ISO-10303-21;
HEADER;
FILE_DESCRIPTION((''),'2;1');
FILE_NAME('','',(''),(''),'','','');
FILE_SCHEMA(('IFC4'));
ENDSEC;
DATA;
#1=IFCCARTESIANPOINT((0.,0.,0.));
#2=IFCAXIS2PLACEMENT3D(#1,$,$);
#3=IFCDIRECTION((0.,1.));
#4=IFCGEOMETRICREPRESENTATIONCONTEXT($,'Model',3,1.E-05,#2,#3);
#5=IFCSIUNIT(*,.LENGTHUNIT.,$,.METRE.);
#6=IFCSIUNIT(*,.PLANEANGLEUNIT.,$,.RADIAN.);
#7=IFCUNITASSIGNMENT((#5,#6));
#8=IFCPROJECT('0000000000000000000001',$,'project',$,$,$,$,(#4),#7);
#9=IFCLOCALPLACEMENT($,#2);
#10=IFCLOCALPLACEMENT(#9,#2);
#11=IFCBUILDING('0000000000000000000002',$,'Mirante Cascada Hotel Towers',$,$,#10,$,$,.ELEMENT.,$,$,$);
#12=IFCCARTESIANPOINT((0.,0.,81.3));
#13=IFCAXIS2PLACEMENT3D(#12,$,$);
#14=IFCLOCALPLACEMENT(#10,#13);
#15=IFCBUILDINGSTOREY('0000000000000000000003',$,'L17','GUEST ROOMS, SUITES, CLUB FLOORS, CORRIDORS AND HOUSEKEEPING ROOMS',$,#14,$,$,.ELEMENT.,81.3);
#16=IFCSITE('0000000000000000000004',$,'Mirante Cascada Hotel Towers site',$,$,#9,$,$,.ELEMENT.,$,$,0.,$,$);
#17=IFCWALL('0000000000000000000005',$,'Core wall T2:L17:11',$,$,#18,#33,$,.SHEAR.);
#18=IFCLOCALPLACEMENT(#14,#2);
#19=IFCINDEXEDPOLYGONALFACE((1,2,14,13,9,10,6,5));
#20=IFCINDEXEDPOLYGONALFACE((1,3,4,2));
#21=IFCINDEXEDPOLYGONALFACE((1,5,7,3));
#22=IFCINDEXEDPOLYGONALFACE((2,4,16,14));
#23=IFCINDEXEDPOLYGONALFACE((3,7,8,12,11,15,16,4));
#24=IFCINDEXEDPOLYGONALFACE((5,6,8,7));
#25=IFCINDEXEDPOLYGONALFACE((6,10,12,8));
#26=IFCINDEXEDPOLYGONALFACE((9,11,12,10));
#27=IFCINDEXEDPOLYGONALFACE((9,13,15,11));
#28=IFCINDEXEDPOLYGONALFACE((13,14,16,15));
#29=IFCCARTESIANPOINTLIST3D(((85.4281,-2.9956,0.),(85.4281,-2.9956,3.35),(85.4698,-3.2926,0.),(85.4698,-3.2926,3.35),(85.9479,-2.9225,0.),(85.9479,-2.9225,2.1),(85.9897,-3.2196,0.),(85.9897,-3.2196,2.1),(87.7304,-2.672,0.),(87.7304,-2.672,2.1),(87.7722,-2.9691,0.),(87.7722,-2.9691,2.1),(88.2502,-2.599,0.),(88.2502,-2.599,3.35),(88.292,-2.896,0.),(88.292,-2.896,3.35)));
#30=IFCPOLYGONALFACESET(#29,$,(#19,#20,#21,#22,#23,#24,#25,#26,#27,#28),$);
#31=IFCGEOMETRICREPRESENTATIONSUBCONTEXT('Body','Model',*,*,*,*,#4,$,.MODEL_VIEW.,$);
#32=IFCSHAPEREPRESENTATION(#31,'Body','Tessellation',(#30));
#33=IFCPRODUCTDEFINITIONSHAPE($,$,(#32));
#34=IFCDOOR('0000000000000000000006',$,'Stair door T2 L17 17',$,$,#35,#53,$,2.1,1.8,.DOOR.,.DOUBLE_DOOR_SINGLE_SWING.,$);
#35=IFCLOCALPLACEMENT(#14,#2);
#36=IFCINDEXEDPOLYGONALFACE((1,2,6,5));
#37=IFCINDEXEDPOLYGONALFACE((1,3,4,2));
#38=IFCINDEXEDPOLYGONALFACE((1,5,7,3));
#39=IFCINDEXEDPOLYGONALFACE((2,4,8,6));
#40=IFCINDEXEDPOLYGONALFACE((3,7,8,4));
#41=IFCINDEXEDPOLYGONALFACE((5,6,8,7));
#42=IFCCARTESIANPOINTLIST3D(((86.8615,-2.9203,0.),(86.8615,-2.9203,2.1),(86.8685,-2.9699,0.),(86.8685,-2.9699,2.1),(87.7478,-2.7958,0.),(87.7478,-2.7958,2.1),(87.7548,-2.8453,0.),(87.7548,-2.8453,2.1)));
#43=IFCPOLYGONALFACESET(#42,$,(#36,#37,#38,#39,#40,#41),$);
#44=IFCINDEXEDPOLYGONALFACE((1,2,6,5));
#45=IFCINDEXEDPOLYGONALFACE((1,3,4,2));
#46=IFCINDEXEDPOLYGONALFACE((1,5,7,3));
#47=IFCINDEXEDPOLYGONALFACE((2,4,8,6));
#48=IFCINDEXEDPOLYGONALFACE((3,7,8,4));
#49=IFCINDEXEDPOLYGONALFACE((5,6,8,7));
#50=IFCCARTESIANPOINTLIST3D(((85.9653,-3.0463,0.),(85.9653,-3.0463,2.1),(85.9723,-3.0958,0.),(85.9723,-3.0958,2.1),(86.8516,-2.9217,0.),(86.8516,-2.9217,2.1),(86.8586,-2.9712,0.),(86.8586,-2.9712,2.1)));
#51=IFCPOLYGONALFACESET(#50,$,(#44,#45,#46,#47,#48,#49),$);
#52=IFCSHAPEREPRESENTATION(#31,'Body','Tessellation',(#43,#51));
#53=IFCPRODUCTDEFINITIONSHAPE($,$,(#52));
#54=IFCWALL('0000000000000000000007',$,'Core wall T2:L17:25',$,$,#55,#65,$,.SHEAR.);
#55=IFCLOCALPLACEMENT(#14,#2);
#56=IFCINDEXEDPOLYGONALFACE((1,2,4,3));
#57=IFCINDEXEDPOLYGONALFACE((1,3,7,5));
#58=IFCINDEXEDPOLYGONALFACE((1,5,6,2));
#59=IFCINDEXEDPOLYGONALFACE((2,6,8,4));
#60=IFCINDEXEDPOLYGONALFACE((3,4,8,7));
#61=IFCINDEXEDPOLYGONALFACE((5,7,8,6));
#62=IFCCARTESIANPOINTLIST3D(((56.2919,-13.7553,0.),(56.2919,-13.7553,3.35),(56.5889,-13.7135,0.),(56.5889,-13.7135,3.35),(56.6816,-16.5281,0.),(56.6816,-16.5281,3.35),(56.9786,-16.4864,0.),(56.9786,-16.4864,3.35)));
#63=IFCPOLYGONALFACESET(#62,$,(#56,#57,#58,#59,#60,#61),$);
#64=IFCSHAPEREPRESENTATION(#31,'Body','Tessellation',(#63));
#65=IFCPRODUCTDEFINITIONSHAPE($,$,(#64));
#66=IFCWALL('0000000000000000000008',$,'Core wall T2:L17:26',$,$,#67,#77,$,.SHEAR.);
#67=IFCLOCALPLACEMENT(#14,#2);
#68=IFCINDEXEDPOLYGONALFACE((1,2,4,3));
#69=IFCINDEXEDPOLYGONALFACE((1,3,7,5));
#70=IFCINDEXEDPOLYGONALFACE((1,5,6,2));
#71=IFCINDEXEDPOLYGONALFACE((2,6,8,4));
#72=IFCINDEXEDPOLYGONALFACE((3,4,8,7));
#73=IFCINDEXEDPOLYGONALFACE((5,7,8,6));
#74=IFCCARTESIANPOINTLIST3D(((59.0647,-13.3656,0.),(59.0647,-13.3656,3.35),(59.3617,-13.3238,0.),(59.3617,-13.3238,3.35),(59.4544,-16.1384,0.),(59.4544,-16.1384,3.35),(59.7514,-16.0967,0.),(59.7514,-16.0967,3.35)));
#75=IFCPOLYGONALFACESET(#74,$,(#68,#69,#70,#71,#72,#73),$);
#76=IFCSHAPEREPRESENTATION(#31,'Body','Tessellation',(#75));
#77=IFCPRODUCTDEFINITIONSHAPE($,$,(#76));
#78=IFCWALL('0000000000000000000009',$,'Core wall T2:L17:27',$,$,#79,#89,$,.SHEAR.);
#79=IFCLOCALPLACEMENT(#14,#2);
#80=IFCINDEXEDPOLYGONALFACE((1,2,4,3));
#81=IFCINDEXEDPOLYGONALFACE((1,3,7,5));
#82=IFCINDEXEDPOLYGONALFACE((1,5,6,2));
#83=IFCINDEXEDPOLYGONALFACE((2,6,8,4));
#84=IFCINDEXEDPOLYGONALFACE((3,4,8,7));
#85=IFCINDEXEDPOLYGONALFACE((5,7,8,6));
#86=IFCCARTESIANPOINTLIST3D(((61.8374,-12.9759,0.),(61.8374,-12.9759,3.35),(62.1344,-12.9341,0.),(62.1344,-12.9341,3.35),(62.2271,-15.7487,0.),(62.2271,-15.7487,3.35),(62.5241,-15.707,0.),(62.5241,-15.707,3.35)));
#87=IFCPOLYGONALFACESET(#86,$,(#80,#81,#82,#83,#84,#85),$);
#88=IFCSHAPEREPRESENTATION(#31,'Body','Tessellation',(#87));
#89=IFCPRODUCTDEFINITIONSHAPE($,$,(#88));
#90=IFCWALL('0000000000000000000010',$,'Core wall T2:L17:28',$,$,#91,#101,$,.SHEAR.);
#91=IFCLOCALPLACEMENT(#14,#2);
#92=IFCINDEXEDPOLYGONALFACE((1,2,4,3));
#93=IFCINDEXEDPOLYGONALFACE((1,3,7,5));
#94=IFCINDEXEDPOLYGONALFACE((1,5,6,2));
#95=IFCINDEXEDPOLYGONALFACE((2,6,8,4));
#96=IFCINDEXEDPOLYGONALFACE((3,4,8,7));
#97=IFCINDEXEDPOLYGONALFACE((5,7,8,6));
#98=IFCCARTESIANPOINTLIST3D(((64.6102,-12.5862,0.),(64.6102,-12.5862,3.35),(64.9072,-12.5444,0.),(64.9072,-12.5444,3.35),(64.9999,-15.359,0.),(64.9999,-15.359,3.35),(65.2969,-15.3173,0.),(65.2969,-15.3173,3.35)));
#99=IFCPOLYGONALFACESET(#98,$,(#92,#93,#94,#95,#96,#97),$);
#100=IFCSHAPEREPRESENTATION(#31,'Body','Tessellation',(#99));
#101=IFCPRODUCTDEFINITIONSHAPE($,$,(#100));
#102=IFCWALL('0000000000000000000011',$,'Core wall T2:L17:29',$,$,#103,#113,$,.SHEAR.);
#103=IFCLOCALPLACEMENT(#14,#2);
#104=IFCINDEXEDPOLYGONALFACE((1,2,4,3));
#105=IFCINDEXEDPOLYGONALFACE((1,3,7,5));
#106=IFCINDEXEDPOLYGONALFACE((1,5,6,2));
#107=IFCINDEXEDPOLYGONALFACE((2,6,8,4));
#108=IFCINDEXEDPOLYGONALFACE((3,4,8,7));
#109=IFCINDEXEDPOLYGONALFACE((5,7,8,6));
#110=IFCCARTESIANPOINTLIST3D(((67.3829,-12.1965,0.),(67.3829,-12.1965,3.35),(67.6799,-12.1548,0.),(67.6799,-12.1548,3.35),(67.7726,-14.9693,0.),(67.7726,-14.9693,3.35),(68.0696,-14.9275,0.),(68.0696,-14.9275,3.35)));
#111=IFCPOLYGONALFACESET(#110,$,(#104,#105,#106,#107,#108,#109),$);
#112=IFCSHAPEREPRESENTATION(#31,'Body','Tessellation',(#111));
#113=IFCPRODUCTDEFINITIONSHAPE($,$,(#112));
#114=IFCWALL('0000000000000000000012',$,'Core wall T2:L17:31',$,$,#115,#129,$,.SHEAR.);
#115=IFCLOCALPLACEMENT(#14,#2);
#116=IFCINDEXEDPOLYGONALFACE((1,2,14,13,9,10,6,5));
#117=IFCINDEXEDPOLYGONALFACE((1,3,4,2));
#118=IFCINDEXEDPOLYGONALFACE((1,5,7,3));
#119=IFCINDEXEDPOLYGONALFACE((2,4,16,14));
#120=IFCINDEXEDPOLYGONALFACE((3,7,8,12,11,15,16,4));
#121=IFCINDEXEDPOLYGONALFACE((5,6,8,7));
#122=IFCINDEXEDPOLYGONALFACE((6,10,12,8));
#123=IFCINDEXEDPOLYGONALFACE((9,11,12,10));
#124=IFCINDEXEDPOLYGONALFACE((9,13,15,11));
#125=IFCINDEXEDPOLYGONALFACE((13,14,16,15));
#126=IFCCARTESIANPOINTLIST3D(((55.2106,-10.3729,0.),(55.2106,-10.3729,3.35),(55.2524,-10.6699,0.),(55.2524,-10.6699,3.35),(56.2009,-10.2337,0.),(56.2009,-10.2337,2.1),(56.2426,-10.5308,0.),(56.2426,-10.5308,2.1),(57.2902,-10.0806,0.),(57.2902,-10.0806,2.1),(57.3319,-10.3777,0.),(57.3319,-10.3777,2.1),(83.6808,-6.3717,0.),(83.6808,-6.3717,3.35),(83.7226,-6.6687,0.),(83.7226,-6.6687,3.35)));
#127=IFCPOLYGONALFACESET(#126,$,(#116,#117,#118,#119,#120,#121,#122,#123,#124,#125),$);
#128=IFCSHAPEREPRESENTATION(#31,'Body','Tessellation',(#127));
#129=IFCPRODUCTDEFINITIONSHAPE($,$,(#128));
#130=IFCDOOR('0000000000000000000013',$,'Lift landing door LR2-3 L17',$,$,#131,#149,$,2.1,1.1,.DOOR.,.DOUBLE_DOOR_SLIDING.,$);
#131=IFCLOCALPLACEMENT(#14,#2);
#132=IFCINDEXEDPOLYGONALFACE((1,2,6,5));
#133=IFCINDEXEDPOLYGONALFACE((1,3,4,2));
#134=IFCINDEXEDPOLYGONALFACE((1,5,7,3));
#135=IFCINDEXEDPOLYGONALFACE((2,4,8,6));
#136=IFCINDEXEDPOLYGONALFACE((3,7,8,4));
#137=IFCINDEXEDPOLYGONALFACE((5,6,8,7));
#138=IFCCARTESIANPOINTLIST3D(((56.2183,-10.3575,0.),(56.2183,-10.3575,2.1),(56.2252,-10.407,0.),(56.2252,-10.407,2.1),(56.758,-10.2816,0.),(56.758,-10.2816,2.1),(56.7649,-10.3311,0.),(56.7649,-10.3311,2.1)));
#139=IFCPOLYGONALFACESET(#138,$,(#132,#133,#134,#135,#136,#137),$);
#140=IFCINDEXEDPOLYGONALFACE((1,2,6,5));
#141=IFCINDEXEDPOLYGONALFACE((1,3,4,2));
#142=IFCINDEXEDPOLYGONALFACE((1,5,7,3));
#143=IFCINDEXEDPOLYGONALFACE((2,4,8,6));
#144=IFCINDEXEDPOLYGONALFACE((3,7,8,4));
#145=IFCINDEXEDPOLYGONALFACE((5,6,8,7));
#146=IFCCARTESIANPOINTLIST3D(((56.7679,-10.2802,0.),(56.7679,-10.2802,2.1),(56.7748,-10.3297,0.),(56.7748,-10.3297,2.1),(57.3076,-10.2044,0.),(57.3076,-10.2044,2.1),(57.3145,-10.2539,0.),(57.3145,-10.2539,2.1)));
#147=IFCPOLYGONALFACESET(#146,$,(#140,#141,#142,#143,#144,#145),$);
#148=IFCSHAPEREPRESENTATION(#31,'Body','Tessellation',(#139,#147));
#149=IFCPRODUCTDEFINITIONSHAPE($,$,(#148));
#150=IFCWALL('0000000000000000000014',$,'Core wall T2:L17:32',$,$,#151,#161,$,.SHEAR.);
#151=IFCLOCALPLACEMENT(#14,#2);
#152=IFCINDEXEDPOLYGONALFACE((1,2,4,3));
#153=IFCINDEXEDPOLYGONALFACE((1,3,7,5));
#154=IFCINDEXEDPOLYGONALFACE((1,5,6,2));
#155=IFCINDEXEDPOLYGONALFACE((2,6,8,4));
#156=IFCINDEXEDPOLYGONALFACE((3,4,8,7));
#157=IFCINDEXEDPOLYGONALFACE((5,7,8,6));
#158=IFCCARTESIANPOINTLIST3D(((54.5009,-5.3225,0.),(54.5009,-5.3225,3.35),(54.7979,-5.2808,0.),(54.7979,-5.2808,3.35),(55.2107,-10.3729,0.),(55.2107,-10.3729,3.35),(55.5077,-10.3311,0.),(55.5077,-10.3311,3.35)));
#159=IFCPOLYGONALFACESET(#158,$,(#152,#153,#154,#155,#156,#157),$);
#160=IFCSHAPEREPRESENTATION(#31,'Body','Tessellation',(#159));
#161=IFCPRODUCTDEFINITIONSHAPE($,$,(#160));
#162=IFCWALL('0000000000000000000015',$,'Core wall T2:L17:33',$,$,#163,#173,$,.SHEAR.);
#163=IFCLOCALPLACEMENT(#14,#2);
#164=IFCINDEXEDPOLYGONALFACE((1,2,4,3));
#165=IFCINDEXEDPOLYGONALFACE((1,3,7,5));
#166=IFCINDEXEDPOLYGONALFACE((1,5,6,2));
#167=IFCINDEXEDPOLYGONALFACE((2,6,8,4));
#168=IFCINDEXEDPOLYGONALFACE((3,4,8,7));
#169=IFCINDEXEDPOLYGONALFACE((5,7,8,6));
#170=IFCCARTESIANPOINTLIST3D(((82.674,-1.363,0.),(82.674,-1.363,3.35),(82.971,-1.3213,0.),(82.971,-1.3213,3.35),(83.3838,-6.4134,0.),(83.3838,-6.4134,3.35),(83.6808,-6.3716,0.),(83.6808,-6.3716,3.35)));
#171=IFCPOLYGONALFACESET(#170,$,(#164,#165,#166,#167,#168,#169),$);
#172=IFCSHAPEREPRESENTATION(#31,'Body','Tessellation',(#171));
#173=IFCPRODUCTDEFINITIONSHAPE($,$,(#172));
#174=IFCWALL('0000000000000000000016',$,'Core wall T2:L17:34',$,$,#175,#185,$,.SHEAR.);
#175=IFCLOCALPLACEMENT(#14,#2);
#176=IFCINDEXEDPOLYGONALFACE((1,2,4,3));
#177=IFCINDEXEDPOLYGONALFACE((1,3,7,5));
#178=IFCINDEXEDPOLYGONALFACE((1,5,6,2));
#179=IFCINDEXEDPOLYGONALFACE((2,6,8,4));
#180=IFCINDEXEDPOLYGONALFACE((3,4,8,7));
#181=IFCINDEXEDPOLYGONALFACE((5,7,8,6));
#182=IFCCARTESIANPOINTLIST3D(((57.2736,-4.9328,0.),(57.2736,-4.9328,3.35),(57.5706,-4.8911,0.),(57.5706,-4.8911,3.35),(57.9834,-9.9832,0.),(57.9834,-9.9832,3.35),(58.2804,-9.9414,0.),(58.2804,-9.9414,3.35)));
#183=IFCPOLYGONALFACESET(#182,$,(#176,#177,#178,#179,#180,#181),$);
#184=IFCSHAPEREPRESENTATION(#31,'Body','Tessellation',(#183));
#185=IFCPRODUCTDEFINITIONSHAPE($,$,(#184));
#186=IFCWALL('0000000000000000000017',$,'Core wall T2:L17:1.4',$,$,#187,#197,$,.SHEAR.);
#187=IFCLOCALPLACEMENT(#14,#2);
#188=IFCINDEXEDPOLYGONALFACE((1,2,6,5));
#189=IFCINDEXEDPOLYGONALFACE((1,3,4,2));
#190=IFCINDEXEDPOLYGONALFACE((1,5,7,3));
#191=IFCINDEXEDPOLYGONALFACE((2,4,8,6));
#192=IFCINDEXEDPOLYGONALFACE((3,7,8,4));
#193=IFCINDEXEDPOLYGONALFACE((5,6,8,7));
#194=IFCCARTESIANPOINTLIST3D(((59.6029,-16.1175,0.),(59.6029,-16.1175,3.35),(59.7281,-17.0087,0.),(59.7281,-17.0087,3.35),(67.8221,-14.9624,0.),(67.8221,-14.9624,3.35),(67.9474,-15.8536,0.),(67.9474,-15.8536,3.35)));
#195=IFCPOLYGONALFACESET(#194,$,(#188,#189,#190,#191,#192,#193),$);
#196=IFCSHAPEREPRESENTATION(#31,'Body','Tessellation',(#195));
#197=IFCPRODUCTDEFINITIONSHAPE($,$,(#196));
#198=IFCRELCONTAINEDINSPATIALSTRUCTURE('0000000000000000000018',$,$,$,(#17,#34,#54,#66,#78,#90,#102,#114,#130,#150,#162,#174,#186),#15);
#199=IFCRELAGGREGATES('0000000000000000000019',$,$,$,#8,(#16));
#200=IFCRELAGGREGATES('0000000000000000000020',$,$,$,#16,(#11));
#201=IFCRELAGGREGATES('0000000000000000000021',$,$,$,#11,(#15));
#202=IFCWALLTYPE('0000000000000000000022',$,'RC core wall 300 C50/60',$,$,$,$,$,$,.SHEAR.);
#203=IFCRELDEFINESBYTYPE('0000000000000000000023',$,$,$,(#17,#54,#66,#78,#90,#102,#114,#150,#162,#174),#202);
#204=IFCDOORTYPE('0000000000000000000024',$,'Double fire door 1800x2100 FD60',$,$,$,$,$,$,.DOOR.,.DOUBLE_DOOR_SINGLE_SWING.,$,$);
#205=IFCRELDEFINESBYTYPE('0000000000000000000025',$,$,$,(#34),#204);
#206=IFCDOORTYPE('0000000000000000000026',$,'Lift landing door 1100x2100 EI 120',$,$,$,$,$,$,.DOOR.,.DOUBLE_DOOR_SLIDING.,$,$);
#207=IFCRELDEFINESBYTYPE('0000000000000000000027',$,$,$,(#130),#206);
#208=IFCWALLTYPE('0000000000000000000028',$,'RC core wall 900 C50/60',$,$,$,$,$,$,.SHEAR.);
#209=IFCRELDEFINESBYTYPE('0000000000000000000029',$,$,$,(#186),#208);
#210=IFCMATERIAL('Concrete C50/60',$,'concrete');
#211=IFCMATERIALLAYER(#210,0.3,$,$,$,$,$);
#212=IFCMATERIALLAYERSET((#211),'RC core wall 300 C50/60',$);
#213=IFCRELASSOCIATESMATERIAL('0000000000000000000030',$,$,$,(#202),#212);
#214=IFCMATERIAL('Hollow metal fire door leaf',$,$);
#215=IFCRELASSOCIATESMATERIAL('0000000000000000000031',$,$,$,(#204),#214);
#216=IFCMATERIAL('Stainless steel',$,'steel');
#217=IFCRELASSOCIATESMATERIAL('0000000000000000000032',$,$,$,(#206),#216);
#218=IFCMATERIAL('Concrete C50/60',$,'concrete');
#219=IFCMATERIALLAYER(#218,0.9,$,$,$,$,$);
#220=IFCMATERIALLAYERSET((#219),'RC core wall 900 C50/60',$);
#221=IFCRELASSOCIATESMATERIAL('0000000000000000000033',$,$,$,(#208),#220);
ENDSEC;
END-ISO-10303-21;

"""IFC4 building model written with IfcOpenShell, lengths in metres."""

from ifc_helpers import new_model, si_unit, direction, frame, frame_2d, origin, place, context, subcontext, project, spatial, rectangle, extrude, material, layer, layer_set, type_object, element, fill, save


model = new_model("IFC4")

# Units and contexts
model_context = context("Model", 3, precision=1e-05, world=origin(), true_north=direction((0.0, 1.0)))
body_context = subcontext(model_context, "Body", "Model", "MODEL_VIEW")
ifc_project = project(units=[si_unit("LENGTHUNIT", "METRE"), si_unit("PLANEANGLEUNIT", "RADIAN")], contexts=[model_context])

# Site, building, storey
site_placement = place(None, origin())
site = spatial("IfcSite", under=ifc_project, at=site_placement, Name="Mirante Cascada Hotel Towers site", CompositionType="ELEMENT", RefElevation=0.0)
building_placement = place(site_placement, origin())
building = spatial("IfcBuilding", under=site, at=building_placement, Name="Mirante Cascada Hotel Towers", CompositionType="ELEMENT")
storey_placement = place(building_placement, frame((0.0, 0.0, 81.3)))
storey = spatial("IfcBuildingStorey", under=building, at=storey_placement, Name="L17", Description="GUEST ROOMS, SUITES, CLUB FLOORS, CORRIDORS AND HOUSEKEEPING ROOMS", CompositionType="ELEMENT", Elevation=81.3)

# Wall, opening, door
ifc_material_1 = material(Name="Concrete C50/60", Category="concrete")
ifc_layer_1 = layer(ifc_material_1, 0.3)
ifc_layer_set_1 = layer_set([ifc_layer_1], Name="RC core wall 300 C50/60")
wall_type_1 = type_object("IfcWallType", Name="RC core wall 300 C50/60", PredefinedType="SHEAR", material=ifc_layer_set_1)
wall_1_placement = place(storey_placement, frame((85.4489, -3.1441, 0.0), z_axis=(0.0, 0.0, 1.0), x_axis=(0.99027, 0.139161, 0.0)))
wall_1 = element("IfcWall", 1, at=wall_1_placement, inside=storey, type_object=wall_type_1, Name="Core wall T2:L17:11", PredefinedType="SHEAR", context=body_context, shape_type="SweptSolid", body=[
    extrude(rectangle(XDim=2.8499, YDim=0.3, at=frame_2d((1.425, 0.0))), origin(), (0.0, 0.0, 1.0), 3.35),
])
opening_1_placement = place(wall_1_placement, frame((0.525, 0.0, 0.0)))
opening_1 = element("IfcOpeningElement", 2, at=opening_1_placement, cuts=wall_1, PredefinedType="OPENING", context=body_context, shape_type="SweptSolid", body=[
    extrude(rectangle(XDim=1.8, YDim=2.1, at=frame_2d((0.9, 1.05))), frame((0.0, 0.15, 0.0), z_axis=(0.0, -1.0, 0.0), x_axis=(1.0, 0.0, 0.0)), (0.0, 0.0, 1.0), 0.3),
])
ifc_material_2 = material(Name="Hollow metal fire door leaf")
door_type_1 = type_object("IfcDoorType", Name="Double fire door 1800x2100 FD60", OperationType="DOUBLE_DOOR_SINGLE_SWING", PredefinedType="DOOR", material=ifc_material_2)
door_1_placement = place(opening_1_placement, frame((1.8, 0.0, 0.0), z_axis=(0.0, 0.0, 1.0), x_axis=(-1.0, 0.0, 0.0)))
door_1 = element("IfcDoor", 3, at=door_1_placement, inside=storey, type_object=door_type_1, Name="Stair door T2 L17 17", OperationType="DOUBLE_DOOR_SINGLE_SWING", OverallHeight=2.1, OverallWidth=1.8, PredefinedType="DOOR", context=body_context, shape_type="SweptSolid", body=[
    extrude(rectangle(XDim=0.895, YDim=2.1, at=frame_2d((0.4475, 1.05))), frame((0.0, 0.025, 0.0), z_axis=(0.0, -1.0, 0.0), x_axis=(1.0, 0.0, 0.0)), (0.0, 0.0, 1.0), 0.05),
    extrude(rectangle(XDim=0.895, YDim=2.1, at=frame_2d((1.3525, 1.05))), frame((0.0, 0.025, 0.0), z_axis=(0.0, -1.0, 0.0), x_axis=(1.0, 0.0, 0.0)), (0.0, 0.0, 1.0), 0.05),
])
fill(opening_1, door_1)

# Walls
for number, where, z_axis, x_axis, name in (
    (4, (56.8301, -16.5072, 0.0), (0.0, 0.0, 1.0), (-0.139176, 0.990268, 0.0), "Core wall T2:L17:25"),
    (5, (59.6029, -16.1175, 0.0), (0.0, 0.0, 1.0), (-0.139176, 0.990268, 0.0), "Core wall T2:L17:26"),
    (6, (62.3756, -15.7278, 0.0), (0.0, 0.0, 1.0), (-0.139176, 0.990268, 0.0), "Core wall T2:L17:27"),
    (7, (65.1484, -15.3381, 0.0), (0.0, 0.0, 1.0), (-0.139176, 0.990268, 0.0), "Core wall T2:L17:28"),
):
    element("IfcWall", number, at=place(storey_placement, frame(where, z_axis=z_axis, x_axis=x_axis)), inside=storey, type_object=wall_type_1, Name=name, PredefinedType="SHEAR", context=body_context, shape_type="SweptSolid", body=[
        extrude(rectangle(XDim=2.8001, YDim=0.3, at=frame_2d((1.4, 0.0))), origin(), (0.0, 0.0, 1.0), 3.35),
    ])
wall_2_placement = place(storey_placement, frame((67.9211, -14.9484, 0.0), z_axis=(0.0, 0.0, 1.0), x_axis=(-0.139181, 0.990267, 0.0)))
element("IfcWall", 8, at=wall_2_placement, inside=storey, type_object=wall_type_1, Name="Core wall T2:L17:29", PredefinedType="SHEAR", context=body_context, shape_type="SweptSolid", body=[
    extrude(rectangle(XDim=2.8, YDim=0.3, at=frame_2d((1.4, 0.0))), origin(), (0.0, 0.0, 1.0), 3.35),
])

# Wall, opening, door
wall_3_placement = place(storey_placement, frame((55.2315, -10.5214, 0.0), z_axis=(0.0, 0.0, 1.0), x_axis=(0.990268, 0.139172, 0.0)))
wall_3 = element("IfcWall", 9, at=wall_3_placement, inside=storey, type_object=wall_type_1, Name="Core wall T2:L17:31", PredefinedType="SHEAR", context=body_context, shape_type="SweptSolid", body=[
    extrude(rectangle(XDim=28.75, YDim=0.3, at=frame_2d((14.375, 0.0))), origin(), (0.0, 0.0, 1.0), 3.35),
])
opening_2_placement = place(wall_3_placement, frame((1.0, 0.0, 0.0)))
opening_2 = element("IfcOpeningElement", 10, at=opening_2_placement, cuts=wall_3, PredefinedType="OPENING", context=body_context, shape_type="SweptSolid", body=[
    extrude(rectangle(XDim=1.1, YDim=2.1, at=frame_2d((0.55, 1.05))), frame((0.0, 0.15, 0.0), z_axis=(0.0, -1.0, 0.0), x_axis=(1.0, 0.0, 0.0)), (0.0, 0.0, 1.0), 0.3),
])
ifc_material_3 = material(Name="Stainless steel", Category="steel")
door_type_2 = type_object("IfcDoorType", Name="Lift landing door 1100x2100 EI 120", OperationType="DOUBLE_DOOR_SLIDING", PredefinedType="DOOR", material=ifc_material_3)
door_2_placement = place(opening_2_placement, origin())
door_2 = element("IfcDoor", 11, at=door_2_placement, inside=storey, type_object=door_type_2, Name="Lift landing door LR2-3 L17", OperationType="DOUBLE_DOOR_SLIDING", OverallHeight=2.1, OverallWidth=1.1, PredefinedType="DOOR", context=body_context, shape_type="SweptSolid", body=[
    extrude(rectangle(XDim=0.545, YDim=2.1, at=frame_2d((0.2725, 1.05))), frame((0.0, 0.025, 0.0), z_axis=(0.0, -1.0, 0.0), x_axis=(1.0, 0.0, 0.0)), (0.0, 0.0, 1.0), 0.05),
    extrude(rectangle(XDim=0.545, YDim=2.1, at=frame_2d((0.8275, 1.05))), frame((0.0, 0.025, 0.0), z_axis=(0.0, -1.0, 0.0), x_axis=(1.0, 0.0, 0.0)), (0.0, 0.0, 1.0), 0.05),
])
fill(opening_2, door_2)

# Walls
for number, where, z_axis, x_axis, name in (
    (12, (55.3592, -10.352, 0.0), (0.0, 0.0, 1.0), (-0.139176, 0.990268, 0.0), "Core wall T2:L17:32"),
    (13, (83.5323, -6.3925, 0.0), (0.0, 0.0, 1.0), (-0.139176, 0.990268, 0.0), "Core wall T2:L17:33"),
    (14, (58.1319, -9.9623, 0.0), (0.0, 0.0, 1.0), (-0.139176, 0.990268, 0.0), "Core wall T2:L17:34"),
):
    element("IfcWall", number, at=place(storey_placement, frame(where, z_axis=z_axis, x_axis=x_axis)), inside=storey, type_object=wall_type_1, Name=name, PredefinedType="SHEAR", context=body_context, shape_type="SweptSolid", body=[
        extrude(rectangle(XDim=5.1, YDim=0.3, at=frame_2d((2.55, 0.0))), origin(), (0.0, 0.0, 1.0), 3.35),
    ])
ifc_material_4 = material(Name="Concrete C50/60", Category="concrete")
ifc_layer_2 = layer(ifc_material_4, 0.9)
ifc_layer_set_2 = layer_set([ifc_layer_2], Name="RC core wall 900 C50/60")
wall_type_2 = type_object("IfcWallType", Name="RC core wall 900 C50/60", PredefinedType="SHEAR", material=ifc_layer_set_2)
for number, where, z_axis, x_axis, name in (
    (15, (59.6655, -16.5631, 0.0), (0.0, 0.0, 1.0), (0.990269, 0.139169, 0.0), "Core wall T2:L17:1.4"),
):
    element("IfcWall", number, at=place(storey_placement, frame(where, z_axis=z_axis, x_axis=x_axis)), inside=storey, type_object=wall_type_2, Name=name, PredefinedType="SHEAR", context=body_context, shape_type="SweptSolid", body=[
        extrude(rectangle(XDim=8.3, YDim=0.9, at=frame_2d((4.15, 0.0))), origin(), (0.0, 0.0, 1.0), 3.35),
    ])

save(model, "model.ifc")
